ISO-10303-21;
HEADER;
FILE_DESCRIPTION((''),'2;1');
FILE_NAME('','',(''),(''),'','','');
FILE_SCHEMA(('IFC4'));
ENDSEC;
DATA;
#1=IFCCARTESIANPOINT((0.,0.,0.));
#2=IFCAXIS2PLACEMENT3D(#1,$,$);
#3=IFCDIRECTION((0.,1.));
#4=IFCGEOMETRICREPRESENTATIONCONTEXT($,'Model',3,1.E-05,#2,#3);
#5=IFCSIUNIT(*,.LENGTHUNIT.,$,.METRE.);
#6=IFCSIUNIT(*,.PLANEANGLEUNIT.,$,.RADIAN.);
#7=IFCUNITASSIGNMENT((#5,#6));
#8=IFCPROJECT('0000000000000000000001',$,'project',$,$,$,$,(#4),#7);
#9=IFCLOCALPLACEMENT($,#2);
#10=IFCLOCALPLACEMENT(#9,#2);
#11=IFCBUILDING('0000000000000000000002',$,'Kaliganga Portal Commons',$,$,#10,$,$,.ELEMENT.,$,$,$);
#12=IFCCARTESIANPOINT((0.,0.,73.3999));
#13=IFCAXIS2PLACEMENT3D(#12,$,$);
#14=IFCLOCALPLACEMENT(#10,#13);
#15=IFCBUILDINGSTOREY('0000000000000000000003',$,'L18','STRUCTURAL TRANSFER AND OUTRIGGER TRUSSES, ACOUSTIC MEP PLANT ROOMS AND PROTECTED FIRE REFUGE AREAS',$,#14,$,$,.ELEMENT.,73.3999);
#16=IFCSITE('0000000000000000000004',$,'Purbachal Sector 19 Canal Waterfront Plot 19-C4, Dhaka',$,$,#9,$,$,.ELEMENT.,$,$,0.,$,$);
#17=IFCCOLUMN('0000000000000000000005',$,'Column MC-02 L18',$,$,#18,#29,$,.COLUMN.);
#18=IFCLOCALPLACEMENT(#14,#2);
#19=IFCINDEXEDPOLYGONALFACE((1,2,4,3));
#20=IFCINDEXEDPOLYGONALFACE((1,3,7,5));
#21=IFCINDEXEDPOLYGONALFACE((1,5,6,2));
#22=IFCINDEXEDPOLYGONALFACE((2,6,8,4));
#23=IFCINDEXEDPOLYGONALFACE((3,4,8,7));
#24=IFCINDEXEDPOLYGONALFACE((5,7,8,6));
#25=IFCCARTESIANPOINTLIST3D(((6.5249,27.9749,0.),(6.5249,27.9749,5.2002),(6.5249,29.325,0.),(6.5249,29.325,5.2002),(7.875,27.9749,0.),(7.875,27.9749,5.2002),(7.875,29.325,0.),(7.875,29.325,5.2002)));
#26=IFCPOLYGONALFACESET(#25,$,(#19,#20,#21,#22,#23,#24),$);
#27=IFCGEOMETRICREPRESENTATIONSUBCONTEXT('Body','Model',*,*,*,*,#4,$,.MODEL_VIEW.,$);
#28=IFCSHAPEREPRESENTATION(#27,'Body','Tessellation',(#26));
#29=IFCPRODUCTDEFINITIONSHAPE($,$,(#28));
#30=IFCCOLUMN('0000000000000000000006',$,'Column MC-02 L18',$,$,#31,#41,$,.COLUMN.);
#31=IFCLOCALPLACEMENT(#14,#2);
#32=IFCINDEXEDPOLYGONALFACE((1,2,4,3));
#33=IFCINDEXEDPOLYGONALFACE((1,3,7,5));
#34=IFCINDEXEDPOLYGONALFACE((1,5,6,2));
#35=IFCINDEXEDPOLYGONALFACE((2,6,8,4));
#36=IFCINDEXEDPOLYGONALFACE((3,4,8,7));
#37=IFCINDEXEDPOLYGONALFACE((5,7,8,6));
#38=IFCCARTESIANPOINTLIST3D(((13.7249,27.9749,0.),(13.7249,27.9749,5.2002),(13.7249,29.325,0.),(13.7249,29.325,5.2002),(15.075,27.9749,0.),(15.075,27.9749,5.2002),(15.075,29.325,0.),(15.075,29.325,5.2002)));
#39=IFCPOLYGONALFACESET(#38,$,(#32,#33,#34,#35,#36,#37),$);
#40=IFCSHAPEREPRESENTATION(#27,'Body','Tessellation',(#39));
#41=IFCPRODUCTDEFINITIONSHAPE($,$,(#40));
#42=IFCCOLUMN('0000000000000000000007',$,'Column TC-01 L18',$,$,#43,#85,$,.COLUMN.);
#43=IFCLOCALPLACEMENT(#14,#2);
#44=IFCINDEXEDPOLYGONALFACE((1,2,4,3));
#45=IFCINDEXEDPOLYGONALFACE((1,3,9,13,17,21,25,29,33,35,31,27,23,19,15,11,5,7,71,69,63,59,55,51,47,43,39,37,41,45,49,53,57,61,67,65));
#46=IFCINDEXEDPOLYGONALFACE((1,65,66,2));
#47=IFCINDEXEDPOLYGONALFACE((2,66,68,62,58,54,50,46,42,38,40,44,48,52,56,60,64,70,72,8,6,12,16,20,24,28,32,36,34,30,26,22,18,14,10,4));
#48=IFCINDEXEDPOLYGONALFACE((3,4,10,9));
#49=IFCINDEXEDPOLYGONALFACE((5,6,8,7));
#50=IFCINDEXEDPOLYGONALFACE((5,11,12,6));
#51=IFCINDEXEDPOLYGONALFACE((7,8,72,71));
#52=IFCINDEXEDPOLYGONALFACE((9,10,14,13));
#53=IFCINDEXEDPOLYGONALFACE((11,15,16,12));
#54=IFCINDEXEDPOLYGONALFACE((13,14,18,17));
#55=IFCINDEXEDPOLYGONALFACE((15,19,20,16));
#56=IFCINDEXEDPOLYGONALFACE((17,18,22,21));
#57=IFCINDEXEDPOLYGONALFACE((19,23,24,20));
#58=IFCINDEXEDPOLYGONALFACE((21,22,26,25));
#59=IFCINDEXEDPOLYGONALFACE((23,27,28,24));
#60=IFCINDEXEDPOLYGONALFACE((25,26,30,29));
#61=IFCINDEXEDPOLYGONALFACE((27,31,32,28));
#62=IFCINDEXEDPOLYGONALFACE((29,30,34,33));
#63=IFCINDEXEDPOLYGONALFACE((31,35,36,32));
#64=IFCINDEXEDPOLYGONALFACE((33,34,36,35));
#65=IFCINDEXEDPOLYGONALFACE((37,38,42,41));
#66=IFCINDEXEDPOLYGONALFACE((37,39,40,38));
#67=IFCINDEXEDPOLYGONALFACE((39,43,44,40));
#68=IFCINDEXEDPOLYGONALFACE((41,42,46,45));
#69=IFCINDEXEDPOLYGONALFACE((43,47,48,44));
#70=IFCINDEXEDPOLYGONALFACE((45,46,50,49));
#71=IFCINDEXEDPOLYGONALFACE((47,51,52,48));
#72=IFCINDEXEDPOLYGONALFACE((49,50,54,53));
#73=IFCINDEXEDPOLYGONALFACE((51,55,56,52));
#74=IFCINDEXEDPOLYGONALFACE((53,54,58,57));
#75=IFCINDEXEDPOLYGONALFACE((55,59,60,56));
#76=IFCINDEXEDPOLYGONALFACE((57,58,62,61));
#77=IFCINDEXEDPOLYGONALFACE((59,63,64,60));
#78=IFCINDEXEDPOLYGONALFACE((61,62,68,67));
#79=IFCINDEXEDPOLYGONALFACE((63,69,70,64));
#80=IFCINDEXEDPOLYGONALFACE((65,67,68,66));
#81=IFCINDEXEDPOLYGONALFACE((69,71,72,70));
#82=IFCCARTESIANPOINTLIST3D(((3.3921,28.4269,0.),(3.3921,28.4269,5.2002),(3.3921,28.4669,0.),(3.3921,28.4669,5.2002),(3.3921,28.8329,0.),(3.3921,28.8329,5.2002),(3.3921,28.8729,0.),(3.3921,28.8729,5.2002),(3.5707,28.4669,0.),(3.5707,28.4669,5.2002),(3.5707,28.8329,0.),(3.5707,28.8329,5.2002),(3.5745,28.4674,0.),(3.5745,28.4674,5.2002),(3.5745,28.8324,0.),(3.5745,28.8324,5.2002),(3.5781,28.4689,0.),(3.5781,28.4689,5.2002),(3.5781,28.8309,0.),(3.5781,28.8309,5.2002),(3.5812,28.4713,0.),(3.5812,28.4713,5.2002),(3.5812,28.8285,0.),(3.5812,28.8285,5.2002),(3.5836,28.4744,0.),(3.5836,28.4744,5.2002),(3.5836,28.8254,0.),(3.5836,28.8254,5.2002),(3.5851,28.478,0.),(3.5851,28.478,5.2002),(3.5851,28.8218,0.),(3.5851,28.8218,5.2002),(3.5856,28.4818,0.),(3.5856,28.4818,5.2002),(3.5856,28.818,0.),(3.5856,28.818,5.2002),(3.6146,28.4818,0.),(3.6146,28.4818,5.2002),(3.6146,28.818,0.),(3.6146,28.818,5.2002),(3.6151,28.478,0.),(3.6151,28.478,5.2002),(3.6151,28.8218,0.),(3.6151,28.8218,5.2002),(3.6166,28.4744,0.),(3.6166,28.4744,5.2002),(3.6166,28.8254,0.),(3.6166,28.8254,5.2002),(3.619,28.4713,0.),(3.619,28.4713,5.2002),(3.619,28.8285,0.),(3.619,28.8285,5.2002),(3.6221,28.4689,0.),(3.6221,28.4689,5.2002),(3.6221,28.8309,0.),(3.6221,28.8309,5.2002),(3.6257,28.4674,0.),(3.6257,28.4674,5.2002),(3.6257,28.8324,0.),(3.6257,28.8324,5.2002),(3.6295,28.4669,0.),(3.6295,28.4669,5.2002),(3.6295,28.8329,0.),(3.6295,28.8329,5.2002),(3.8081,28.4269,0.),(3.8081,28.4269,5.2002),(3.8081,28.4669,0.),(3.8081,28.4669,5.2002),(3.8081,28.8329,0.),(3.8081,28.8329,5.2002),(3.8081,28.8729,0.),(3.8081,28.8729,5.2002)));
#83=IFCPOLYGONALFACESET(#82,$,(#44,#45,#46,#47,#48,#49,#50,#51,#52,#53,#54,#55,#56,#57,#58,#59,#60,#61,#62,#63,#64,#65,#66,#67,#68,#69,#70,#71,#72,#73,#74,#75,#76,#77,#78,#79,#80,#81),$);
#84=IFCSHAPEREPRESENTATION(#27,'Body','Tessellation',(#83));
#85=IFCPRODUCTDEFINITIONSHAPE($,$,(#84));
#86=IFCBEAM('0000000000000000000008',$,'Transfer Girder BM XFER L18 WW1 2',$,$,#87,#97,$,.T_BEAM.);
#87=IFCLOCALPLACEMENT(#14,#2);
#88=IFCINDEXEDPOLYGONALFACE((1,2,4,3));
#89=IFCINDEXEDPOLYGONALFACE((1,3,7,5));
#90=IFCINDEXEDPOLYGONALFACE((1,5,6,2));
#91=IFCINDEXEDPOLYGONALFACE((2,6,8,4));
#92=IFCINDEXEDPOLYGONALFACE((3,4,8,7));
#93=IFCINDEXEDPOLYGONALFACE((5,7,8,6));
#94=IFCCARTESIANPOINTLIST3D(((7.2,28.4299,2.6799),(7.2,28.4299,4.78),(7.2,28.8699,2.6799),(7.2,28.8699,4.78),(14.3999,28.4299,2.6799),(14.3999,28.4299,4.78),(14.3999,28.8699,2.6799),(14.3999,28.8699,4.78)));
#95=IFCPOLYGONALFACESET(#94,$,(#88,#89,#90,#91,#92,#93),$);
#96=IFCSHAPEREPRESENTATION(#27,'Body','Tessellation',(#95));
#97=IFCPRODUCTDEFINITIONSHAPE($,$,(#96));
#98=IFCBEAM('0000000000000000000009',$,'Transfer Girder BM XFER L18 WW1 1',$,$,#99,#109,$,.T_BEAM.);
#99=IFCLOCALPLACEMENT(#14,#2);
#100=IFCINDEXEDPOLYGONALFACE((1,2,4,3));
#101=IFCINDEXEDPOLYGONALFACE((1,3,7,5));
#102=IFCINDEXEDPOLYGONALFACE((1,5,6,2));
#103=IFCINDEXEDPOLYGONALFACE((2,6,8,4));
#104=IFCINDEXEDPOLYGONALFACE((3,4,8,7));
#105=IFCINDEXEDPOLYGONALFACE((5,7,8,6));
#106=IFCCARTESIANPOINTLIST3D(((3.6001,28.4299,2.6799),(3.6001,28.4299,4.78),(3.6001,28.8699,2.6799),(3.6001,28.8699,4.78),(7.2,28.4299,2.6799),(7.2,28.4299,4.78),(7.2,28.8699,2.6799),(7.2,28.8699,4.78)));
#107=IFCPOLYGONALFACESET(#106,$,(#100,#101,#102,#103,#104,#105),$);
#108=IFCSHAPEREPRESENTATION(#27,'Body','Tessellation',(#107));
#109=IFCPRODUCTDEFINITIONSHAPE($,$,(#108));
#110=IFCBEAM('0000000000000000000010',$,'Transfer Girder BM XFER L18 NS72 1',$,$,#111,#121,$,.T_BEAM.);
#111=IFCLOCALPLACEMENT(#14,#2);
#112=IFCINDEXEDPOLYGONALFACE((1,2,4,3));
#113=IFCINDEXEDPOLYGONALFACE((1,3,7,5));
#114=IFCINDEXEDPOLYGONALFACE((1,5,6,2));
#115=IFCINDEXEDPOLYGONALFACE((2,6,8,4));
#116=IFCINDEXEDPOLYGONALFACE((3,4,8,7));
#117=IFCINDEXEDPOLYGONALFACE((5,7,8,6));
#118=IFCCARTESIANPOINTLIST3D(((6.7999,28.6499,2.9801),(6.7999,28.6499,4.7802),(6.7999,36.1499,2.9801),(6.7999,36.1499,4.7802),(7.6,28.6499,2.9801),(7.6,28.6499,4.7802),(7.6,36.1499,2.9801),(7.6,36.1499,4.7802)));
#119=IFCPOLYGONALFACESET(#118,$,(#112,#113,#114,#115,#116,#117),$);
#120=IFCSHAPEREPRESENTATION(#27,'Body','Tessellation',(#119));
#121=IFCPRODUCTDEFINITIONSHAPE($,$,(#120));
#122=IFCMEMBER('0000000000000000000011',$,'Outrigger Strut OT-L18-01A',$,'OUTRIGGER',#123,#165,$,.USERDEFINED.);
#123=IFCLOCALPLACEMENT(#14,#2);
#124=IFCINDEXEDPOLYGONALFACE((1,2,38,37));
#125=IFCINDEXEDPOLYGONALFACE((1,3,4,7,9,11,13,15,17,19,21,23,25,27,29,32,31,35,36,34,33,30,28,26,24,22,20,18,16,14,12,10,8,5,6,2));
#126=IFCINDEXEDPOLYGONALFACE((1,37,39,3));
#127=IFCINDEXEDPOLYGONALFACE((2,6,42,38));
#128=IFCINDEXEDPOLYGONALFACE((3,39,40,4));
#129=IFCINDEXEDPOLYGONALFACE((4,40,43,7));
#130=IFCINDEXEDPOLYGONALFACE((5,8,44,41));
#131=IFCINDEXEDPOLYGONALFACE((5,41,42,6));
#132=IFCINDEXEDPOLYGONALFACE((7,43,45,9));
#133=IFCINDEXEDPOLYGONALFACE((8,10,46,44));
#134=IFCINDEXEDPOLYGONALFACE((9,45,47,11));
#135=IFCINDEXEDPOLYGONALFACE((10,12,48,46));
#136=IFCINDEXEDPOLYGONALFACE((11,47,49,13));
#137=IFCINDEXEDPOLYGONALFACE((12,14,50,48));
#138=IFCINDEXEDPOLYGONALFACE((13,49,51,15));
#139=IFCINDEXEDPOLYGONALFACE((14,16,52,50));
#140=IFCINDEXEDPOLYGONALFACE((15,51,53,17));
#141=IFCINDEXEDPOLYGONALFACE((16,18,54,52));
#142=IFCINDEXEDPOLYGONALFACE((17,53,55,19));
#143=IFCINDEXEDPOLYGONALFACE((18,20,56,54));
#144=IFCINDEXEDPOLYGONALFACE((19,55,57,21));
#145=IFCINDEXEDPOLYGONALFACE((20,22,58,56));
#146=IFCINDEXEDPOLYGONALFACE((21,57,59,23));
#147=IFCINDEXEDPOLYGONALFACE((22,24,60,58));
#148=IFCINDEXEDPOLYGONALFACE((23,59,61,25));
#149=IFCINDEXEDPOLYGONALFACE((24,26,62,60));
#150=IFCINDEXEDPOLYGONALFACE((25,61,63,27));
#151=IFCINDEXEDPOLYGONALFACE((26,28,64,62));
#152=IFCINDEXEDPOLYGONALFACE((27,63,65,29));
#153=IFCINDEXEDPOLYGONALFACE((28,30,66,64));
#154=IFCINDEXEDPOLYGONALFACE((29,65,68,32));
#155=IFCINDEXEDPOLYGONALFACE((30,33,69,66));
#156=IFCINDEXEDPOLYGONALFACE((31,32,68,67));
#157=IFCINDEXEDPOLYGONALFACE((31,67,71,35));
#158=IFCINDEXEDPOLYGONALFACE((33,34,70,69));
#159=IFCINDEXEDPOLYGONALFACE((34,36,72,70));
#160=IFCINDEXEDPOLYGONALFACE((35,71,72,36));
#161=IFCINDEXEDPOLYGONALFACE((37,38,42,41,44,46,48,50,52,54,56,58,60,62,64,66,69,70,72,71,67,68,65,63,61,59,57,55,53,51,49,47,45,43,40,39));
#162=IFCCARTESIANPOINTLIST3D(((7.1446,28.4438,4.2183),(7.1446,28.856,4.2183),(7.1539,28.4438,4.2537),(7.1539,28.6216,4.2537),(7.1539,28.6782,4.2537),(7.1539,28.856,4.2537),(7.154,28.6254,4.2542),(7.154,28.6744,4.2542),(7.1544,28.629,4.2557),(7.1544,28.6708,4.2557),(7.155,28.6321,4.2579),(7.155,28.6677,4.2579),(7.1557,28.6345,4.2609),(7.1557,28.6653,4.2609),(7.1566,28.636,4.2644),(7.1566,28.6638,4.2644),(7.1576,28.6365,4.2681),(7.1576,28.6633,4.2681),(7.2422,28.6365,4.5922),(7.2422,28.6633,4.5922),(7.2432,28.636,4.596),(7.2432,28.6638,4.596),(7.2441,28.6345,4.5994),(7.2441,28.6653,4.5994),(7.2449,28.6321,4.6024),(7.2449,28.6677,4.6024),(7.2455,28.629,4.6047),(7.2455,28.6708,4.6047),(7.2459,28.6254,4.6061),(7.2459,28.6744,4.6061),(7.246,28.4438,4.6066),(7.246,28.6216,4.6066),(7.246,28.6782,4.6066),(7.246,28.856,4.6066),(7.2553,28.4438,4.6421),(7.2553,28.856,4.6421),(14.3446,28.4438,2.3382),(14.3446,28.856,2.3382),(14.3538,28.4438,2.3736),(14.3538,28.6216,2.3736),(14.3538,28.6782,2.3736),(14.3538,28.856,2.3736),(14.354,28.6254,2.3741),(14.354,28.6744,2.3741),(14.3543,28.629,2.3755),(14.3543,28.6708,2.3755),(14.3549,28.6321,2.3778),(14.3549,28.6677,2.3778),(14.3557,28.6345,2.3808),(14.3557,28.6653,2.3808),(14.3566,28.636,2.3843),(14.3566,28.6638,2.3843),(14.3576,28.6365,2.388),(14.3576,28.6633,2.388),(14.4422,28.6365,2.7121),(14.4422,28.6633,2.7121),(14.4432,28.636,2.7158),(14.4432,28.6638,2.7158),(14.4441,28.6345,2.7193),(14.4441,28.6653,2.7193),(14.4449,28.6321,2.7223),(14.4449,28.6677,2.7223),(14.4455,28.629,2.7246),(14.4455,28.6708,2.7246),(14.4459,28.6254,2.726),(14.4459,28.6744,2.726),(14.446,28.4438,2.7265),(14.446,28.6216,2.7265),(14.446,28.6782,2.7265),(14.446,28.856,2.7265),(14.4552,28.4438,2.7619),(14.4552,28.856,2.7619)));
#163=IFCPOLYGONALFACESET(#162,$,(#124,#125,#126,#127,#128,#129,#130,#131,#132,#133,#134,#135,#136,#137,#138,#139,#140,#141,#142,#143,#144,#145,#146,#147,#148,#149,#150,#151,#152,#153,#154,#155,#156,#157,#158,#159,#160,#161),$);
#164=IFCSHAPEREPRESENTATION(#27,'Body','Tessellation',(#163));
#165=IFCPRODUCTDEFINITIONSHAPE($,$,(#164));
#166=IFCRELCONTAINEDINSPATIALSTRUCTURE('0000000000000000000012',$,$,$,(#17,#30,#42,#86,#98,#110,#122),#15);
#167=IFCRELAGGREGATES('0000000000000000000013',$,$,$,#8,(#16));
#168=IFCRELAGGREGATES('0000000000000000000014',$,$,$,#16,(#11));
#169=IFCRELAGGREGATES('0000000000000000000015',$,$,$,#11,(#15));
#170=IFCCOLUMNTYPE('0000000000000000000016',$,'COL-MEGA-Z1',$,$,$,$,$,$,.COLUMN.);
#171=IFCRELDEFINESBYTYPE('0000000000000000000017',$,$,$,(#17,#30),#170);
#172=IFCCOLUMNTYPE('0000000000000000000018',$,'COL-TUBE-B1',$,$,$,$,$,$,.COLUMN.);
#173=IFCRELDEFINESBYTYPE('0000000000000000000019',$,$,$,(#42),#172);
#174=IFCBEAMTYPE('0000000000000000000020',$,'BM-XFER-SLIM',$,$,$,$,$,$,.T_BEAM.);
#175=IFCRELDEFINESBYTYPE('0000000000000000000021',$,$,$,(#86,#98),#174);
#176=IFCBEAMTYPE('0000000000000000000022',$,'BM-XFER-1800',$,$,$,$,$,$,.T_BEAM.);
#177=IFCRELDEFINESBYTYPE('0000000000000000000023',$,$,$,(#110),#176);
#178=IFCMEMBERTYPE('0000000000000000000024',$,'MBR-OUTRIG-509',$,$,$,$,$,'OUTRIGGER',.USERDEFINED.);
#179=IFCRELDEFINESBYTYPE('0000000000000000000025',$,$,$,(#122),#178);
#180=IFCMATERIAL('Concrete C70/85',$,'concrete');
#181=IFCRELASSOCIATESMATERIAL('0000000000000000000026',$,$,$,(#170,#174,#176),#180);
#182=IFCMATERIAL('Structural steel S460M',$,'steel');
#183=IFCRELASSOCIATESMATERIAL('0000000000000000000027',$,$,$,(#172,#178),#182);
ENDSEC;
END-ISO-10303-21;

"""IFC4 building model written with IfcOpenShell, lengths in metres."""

from ifc_helpers import new_model, si_unit, direction, frame, origin, origin_2d, place, context, subcontext, project, spatial, rectangle, i_section, extrude, source, transform, mapped, material, material_profile, profile_set, type_object, element, save


model = new_model("IFC4")

# Units and contexts
model_context = context("Model", 3, precision=1e-05, world=origin(), true_north=direction((0.0, 1.0)))
body_context = subcontext(model_context, "Body", "Model", "MODEL_VIEW")
ifc_project = project(units=[si_unit("LENGTHUNIT", "METRE"), si_unit("PLANEANGLEUNIT", "RADIAN")], contexts=[model_context])

# Site, building, storey
site_placement = place(None, origin())
site = spatial("IfcSite", under=ifc_project, at=site_placement, Name="Purbachal Sector 19 Canal Waterfront Plot 19-C4, Dhaka", CompositionType="ELEMENT", RefElevation=0.0)
building_placement = place(site_placement, origin())
building = spatial("IfcBuilding", under=site, at=building_placement, Name="Kaliganga Portal Commons", CompositionType="ELEMENT")
storey_placement = place(building_placement, frame((0.0, 0.0, 73.3999)))
storey = spatial("IfcBuildingStorey", under=building, at=storey_placement, Name="L18", Description="STRUCTURAL TRANSFER AND OUTRIGGER TRUSSES, ACOUSTIC MEP PLANT ROOMS AND PROTECTED FIRE REFUGE AREAS", CompositionType="ELEMENT", Elevation=73.3999)

# Columns
ifc_material_1 = material(Name="Concrete C70/85", Category="concrete")
ifc_material_profile_1 = material_profile(ifc_material_1, rectangle(XDim=1.3501, YDim=1.3501, at=origin_2d()), Name="RC 1350x1350")
ifc_profile_set_1 = profile_set([ifc_material_profile_1], Name="Concrete C70/85")
column_type_1 = type_object("IfcColumnType", Name="COL-MEGA-Z1", PredefinedType="COLUMN", material=ifc_profile_set_1)
shared_shape_1 = source(origin(), body_context, "Body", "SweptSolid", [
    extrude(rectangle(XDim=1.3501, YDim=1.3501, at=origin_2d()), origin(), (0.0, 0.0, 1.0), 5.2002),
])
for number, where, z_axis, x_axis, name in (
    (1, (7.2, 28.6499, 0.0), (0.0, 0.0, 1.0), (1.0, 0.0, 0.0), "Column MC-02 L18"),
    (2, (14.3999, 28.6499, 0.0), (0.0, 0.0, 1.0), (1.0, 0.0, 0.0), "Column MC-02 L18"),
):
    element("IfcColumn", number, at=place(storey_placement, frame(where, z_axis=z_axis, x_axis=x_axis)), inside=storey, type_object=column_type_1, Name=name, PredefinedType="COLUMN", context=body_context, shape_type="MappedRepresentation", body=[
        mapped(shared_shape_1, transform((0.0, 0.0, 0.0), x_axis=(1.0, 0.0, 0.0), y_axis=(0.0, 1.0, 0.0), z_axis=(0.0, 0.0, 1.0), scale=1.0)),
    ])
ifc_material_2 = material(Name="Structural steel S460M", Category="steel")
ifc_material_profile_2 = material_profile(ifc_material_2, i_section(OverallWidth=0.416, OverallDepth=0.446, WebThickness=0.0291, FlangeThickness=0.04, FilletRadius=0.0149, at=origin_2d()), Name="HD 400x509")
ifc_profile_set_2 = profile_set([ifc_material_profile_2], Name="Structural steel S460M wide-flange")
column_type_2 = type_object("IfcColumnType", Name="COL-TUBE-B1", PredefinedType="COLUMN", material=ifc_profile_set_2)
shared_shape_2 = source(origin(), body_context, "Body", "SweptSolid", [
    extrude(i_section(OverallWidth=0.416, OverallDepth=0.446, WebThickness=0.0291, FlangeThickness=0.04, FilletRadius=0.0149, at=origin_2d()), origin(), (0.0, 0.0, 1.0), 5.2002),
])
column_placement = place(storey_placement, frame((3.6001, 28.6499, 0.0), z_axis=(0.0, 0.0, 1.0), x_axis=(1.0, 0.0, 0.0)))
element("IfcColumn", 3, at=column_placement, inside=storey, type_object=column_type_2, Name="Column TC-01 L18", PredefinedType="COLUMN", context=body_context, shape_type="MappedRepresentation", body=[
    mapped(shared_shape_2, transform((0.0, 0.0, 0.0), x_axis=(1.0, 0.0, 0.0), y_axis=(0.0, 1.0, 0.0), z_axis=(0.0, 0.0, 1.0), scale=1.0)),
])

# Beams
ifc_material_profile_3 = material_profile(ifc_material_1, rectangle(XDim=0.4399, YDim=2.1001, at=origin_2d()), Name="RC 440x2100")
ifc_profile_set_3 = profile_set([ifc_material_profile_3], Name="Concrete C70/85")
beam_type_1 = type_object("IfcBeamType", Name="BM-XFER-SLIM", PredefinedType="T_BEAM", material=ifc_profile_set_3)
shared_shape_3 = source(origin(), body_context, "Body", "SweptSolid", [
    extrude(rectangle(XDim=0.4399, YDim=2.1001, at=origin_2d()), origin(), (0.0, 0.0, 1.0), 7.2),
])
beam_1_placement = place(storey_placement, frame((7.2, 28.6499, 3.73), z_axis=(1.0, 0.0, 0.0), x_axis=(0.0, 1.0, 0.0)))
element("IfcBeam", 4, at=beam_1_placement, inside=storey, type_object=beam_type_1, Name="Transfer Girder BM XFER L18 WW1 2", PredefinedType="T_BEAM", context=body_context, shape_type="MappedRepresentation", body=[
    mapped(shared_shape_3, transform((0.0, 0.0, 0.0), x_axis=(1.0, 0.0, 0.0), y_axis=(0.0, 1.0, 0.0), z_axis=(0.0, 0.0, 1.0), scale=1.0)),
])
shared_shape_4 = source(origin(), body_context, "Body", "SweptSolid", [
    extrude(rectangle(XDim=0.4399, YDim=2.1001, at=origin_2d()), origin(), (0.0, 0.0, 1.0), 3.5999),
])
beam_2_placement = place(storey_placement, frame((3.6001, 28.6499, 3.73), z_axis=(1.0, 0.0, 0.0), x_axis=(0.0, 1.0, 0.0)))
element("IfcBeam", 5, at=beam_2_placement, inside=storey, type_object=beam_type_1, Name="Transfer Girder BM XFER L18 WW1 1", PredefinedType="T_BEAM", context=body_context, shape_type="MappedRepresentation", body=[
    mapped(shared_shape_4, transform((0.0, 0.0, 0.0), x_axis=(1.0, 0.0, 0.0), y_axis=(0.0, 1.0, 0.0), z_axis=(0.0, 0.0, 1.0), scale=1.0)),
])
ifc_material_profile_4 = material_profile(ifc_material_1, rectangle(XDim=0.8, YDim=1.8, at=origin_2d()), Name="RC 800x1800")
ifc_profile_set_4 = profile_set([ifc_material_profile_4], Name="Concrete C70/85")
beam_type_2 = type_object("IfcBeamType", Name="BM-XFER-1800", PredefinedType="T_BEAM", material=ifc_profile_set_4)
shared_shape_5 = source(origin(), body_context, "Body", "SweptSolid", [
    extrude(rectangle(XDim=0.8, YDim=1.8, at=origin_2d()), origin(), (0.0, 0.0, 1.0), 7.5),
])
beam_3_placement = place(storey_placement, frame((7.2, 28.6499, 3.8801), z_axis=(0.0, 1.0, 0.0), x_axis=(-1.0, 0.0, 0.0)))
element("IfcBeam", 6, at=beam_3_placement, inside=storey, type_object=beam_type_2, Name="Transfer Girder BM XFER L18 NS72 1", PredefinedType="T_BEAM", context=body_context, shape_type="MappedRepresentation", body=[
    mapped(shared_shape_5, transform((0.0, 0.0, 0.0), x_axis=(1.0, 0.0, 0.0), y_axis=(0.0, 1.0, 0.0), z_axis=(0.0, 0.0, 1.0), scale=1.0)),
])

# Member
ifc_material_profile_5 = material_profile(ifc_material_2, i_section(OverallWidth=0.4121, OverallDepth=0.438, WebThickness=0.0269, FlangeThickness=0.0366, FilletRadius=0.0149, at=origin_2d()), Name="HD 400x463")
ifc_profile_set_5 = profile_set([ifc_material_profile_5], Name="Structural steel S460M wide-flange")
member_type_1 = type_object("IfcMemberType", Name="MBR-OUTRIG-509", ElementType="OUTRIGGER", PredefinedType="USERDEFINED", material=ifc_profile_set_5)
shared_shape_6 = source(origin(), body_context, "Body", "SweptSolid", [
    extrude(i_section(OverallWidth=0.4121, OverallDepth=0.438, WebThickness=0.0269, FlangeThickness=0.0366, FilletRadius=0.0149, at=origin_2d()), origin(), (0.0, 0.0, 1.0), 7.4414),
])
member_1_placement = place(storey_placement, frame((14.3999, 28.6499, 2.55), z_axis=(-0.967556, 0.0, 0.252658), x_axis=(0.0, -1.0, 0.0)))
element("IfcMember", 7, at=member_1_placement, inside=storey, type_object=member_type_1, Name="Outrigger Strut OT-L18-01A", ObjectType="OUTRIGGER", PredefinedType="USERDEFINED", context=body_context, shape_type="MappedRepresentation", body=[
    mapped(shared_shape_6, transform((0.0, 0.0, 0.0), x_axis=(1.0, 0.0, 0.0), y_axis=(0.0, 1.0, 0.0), z_axis=(0.0, 0.0, 1.0), scale=1.0)),
])

save(model, "model.ifc")
